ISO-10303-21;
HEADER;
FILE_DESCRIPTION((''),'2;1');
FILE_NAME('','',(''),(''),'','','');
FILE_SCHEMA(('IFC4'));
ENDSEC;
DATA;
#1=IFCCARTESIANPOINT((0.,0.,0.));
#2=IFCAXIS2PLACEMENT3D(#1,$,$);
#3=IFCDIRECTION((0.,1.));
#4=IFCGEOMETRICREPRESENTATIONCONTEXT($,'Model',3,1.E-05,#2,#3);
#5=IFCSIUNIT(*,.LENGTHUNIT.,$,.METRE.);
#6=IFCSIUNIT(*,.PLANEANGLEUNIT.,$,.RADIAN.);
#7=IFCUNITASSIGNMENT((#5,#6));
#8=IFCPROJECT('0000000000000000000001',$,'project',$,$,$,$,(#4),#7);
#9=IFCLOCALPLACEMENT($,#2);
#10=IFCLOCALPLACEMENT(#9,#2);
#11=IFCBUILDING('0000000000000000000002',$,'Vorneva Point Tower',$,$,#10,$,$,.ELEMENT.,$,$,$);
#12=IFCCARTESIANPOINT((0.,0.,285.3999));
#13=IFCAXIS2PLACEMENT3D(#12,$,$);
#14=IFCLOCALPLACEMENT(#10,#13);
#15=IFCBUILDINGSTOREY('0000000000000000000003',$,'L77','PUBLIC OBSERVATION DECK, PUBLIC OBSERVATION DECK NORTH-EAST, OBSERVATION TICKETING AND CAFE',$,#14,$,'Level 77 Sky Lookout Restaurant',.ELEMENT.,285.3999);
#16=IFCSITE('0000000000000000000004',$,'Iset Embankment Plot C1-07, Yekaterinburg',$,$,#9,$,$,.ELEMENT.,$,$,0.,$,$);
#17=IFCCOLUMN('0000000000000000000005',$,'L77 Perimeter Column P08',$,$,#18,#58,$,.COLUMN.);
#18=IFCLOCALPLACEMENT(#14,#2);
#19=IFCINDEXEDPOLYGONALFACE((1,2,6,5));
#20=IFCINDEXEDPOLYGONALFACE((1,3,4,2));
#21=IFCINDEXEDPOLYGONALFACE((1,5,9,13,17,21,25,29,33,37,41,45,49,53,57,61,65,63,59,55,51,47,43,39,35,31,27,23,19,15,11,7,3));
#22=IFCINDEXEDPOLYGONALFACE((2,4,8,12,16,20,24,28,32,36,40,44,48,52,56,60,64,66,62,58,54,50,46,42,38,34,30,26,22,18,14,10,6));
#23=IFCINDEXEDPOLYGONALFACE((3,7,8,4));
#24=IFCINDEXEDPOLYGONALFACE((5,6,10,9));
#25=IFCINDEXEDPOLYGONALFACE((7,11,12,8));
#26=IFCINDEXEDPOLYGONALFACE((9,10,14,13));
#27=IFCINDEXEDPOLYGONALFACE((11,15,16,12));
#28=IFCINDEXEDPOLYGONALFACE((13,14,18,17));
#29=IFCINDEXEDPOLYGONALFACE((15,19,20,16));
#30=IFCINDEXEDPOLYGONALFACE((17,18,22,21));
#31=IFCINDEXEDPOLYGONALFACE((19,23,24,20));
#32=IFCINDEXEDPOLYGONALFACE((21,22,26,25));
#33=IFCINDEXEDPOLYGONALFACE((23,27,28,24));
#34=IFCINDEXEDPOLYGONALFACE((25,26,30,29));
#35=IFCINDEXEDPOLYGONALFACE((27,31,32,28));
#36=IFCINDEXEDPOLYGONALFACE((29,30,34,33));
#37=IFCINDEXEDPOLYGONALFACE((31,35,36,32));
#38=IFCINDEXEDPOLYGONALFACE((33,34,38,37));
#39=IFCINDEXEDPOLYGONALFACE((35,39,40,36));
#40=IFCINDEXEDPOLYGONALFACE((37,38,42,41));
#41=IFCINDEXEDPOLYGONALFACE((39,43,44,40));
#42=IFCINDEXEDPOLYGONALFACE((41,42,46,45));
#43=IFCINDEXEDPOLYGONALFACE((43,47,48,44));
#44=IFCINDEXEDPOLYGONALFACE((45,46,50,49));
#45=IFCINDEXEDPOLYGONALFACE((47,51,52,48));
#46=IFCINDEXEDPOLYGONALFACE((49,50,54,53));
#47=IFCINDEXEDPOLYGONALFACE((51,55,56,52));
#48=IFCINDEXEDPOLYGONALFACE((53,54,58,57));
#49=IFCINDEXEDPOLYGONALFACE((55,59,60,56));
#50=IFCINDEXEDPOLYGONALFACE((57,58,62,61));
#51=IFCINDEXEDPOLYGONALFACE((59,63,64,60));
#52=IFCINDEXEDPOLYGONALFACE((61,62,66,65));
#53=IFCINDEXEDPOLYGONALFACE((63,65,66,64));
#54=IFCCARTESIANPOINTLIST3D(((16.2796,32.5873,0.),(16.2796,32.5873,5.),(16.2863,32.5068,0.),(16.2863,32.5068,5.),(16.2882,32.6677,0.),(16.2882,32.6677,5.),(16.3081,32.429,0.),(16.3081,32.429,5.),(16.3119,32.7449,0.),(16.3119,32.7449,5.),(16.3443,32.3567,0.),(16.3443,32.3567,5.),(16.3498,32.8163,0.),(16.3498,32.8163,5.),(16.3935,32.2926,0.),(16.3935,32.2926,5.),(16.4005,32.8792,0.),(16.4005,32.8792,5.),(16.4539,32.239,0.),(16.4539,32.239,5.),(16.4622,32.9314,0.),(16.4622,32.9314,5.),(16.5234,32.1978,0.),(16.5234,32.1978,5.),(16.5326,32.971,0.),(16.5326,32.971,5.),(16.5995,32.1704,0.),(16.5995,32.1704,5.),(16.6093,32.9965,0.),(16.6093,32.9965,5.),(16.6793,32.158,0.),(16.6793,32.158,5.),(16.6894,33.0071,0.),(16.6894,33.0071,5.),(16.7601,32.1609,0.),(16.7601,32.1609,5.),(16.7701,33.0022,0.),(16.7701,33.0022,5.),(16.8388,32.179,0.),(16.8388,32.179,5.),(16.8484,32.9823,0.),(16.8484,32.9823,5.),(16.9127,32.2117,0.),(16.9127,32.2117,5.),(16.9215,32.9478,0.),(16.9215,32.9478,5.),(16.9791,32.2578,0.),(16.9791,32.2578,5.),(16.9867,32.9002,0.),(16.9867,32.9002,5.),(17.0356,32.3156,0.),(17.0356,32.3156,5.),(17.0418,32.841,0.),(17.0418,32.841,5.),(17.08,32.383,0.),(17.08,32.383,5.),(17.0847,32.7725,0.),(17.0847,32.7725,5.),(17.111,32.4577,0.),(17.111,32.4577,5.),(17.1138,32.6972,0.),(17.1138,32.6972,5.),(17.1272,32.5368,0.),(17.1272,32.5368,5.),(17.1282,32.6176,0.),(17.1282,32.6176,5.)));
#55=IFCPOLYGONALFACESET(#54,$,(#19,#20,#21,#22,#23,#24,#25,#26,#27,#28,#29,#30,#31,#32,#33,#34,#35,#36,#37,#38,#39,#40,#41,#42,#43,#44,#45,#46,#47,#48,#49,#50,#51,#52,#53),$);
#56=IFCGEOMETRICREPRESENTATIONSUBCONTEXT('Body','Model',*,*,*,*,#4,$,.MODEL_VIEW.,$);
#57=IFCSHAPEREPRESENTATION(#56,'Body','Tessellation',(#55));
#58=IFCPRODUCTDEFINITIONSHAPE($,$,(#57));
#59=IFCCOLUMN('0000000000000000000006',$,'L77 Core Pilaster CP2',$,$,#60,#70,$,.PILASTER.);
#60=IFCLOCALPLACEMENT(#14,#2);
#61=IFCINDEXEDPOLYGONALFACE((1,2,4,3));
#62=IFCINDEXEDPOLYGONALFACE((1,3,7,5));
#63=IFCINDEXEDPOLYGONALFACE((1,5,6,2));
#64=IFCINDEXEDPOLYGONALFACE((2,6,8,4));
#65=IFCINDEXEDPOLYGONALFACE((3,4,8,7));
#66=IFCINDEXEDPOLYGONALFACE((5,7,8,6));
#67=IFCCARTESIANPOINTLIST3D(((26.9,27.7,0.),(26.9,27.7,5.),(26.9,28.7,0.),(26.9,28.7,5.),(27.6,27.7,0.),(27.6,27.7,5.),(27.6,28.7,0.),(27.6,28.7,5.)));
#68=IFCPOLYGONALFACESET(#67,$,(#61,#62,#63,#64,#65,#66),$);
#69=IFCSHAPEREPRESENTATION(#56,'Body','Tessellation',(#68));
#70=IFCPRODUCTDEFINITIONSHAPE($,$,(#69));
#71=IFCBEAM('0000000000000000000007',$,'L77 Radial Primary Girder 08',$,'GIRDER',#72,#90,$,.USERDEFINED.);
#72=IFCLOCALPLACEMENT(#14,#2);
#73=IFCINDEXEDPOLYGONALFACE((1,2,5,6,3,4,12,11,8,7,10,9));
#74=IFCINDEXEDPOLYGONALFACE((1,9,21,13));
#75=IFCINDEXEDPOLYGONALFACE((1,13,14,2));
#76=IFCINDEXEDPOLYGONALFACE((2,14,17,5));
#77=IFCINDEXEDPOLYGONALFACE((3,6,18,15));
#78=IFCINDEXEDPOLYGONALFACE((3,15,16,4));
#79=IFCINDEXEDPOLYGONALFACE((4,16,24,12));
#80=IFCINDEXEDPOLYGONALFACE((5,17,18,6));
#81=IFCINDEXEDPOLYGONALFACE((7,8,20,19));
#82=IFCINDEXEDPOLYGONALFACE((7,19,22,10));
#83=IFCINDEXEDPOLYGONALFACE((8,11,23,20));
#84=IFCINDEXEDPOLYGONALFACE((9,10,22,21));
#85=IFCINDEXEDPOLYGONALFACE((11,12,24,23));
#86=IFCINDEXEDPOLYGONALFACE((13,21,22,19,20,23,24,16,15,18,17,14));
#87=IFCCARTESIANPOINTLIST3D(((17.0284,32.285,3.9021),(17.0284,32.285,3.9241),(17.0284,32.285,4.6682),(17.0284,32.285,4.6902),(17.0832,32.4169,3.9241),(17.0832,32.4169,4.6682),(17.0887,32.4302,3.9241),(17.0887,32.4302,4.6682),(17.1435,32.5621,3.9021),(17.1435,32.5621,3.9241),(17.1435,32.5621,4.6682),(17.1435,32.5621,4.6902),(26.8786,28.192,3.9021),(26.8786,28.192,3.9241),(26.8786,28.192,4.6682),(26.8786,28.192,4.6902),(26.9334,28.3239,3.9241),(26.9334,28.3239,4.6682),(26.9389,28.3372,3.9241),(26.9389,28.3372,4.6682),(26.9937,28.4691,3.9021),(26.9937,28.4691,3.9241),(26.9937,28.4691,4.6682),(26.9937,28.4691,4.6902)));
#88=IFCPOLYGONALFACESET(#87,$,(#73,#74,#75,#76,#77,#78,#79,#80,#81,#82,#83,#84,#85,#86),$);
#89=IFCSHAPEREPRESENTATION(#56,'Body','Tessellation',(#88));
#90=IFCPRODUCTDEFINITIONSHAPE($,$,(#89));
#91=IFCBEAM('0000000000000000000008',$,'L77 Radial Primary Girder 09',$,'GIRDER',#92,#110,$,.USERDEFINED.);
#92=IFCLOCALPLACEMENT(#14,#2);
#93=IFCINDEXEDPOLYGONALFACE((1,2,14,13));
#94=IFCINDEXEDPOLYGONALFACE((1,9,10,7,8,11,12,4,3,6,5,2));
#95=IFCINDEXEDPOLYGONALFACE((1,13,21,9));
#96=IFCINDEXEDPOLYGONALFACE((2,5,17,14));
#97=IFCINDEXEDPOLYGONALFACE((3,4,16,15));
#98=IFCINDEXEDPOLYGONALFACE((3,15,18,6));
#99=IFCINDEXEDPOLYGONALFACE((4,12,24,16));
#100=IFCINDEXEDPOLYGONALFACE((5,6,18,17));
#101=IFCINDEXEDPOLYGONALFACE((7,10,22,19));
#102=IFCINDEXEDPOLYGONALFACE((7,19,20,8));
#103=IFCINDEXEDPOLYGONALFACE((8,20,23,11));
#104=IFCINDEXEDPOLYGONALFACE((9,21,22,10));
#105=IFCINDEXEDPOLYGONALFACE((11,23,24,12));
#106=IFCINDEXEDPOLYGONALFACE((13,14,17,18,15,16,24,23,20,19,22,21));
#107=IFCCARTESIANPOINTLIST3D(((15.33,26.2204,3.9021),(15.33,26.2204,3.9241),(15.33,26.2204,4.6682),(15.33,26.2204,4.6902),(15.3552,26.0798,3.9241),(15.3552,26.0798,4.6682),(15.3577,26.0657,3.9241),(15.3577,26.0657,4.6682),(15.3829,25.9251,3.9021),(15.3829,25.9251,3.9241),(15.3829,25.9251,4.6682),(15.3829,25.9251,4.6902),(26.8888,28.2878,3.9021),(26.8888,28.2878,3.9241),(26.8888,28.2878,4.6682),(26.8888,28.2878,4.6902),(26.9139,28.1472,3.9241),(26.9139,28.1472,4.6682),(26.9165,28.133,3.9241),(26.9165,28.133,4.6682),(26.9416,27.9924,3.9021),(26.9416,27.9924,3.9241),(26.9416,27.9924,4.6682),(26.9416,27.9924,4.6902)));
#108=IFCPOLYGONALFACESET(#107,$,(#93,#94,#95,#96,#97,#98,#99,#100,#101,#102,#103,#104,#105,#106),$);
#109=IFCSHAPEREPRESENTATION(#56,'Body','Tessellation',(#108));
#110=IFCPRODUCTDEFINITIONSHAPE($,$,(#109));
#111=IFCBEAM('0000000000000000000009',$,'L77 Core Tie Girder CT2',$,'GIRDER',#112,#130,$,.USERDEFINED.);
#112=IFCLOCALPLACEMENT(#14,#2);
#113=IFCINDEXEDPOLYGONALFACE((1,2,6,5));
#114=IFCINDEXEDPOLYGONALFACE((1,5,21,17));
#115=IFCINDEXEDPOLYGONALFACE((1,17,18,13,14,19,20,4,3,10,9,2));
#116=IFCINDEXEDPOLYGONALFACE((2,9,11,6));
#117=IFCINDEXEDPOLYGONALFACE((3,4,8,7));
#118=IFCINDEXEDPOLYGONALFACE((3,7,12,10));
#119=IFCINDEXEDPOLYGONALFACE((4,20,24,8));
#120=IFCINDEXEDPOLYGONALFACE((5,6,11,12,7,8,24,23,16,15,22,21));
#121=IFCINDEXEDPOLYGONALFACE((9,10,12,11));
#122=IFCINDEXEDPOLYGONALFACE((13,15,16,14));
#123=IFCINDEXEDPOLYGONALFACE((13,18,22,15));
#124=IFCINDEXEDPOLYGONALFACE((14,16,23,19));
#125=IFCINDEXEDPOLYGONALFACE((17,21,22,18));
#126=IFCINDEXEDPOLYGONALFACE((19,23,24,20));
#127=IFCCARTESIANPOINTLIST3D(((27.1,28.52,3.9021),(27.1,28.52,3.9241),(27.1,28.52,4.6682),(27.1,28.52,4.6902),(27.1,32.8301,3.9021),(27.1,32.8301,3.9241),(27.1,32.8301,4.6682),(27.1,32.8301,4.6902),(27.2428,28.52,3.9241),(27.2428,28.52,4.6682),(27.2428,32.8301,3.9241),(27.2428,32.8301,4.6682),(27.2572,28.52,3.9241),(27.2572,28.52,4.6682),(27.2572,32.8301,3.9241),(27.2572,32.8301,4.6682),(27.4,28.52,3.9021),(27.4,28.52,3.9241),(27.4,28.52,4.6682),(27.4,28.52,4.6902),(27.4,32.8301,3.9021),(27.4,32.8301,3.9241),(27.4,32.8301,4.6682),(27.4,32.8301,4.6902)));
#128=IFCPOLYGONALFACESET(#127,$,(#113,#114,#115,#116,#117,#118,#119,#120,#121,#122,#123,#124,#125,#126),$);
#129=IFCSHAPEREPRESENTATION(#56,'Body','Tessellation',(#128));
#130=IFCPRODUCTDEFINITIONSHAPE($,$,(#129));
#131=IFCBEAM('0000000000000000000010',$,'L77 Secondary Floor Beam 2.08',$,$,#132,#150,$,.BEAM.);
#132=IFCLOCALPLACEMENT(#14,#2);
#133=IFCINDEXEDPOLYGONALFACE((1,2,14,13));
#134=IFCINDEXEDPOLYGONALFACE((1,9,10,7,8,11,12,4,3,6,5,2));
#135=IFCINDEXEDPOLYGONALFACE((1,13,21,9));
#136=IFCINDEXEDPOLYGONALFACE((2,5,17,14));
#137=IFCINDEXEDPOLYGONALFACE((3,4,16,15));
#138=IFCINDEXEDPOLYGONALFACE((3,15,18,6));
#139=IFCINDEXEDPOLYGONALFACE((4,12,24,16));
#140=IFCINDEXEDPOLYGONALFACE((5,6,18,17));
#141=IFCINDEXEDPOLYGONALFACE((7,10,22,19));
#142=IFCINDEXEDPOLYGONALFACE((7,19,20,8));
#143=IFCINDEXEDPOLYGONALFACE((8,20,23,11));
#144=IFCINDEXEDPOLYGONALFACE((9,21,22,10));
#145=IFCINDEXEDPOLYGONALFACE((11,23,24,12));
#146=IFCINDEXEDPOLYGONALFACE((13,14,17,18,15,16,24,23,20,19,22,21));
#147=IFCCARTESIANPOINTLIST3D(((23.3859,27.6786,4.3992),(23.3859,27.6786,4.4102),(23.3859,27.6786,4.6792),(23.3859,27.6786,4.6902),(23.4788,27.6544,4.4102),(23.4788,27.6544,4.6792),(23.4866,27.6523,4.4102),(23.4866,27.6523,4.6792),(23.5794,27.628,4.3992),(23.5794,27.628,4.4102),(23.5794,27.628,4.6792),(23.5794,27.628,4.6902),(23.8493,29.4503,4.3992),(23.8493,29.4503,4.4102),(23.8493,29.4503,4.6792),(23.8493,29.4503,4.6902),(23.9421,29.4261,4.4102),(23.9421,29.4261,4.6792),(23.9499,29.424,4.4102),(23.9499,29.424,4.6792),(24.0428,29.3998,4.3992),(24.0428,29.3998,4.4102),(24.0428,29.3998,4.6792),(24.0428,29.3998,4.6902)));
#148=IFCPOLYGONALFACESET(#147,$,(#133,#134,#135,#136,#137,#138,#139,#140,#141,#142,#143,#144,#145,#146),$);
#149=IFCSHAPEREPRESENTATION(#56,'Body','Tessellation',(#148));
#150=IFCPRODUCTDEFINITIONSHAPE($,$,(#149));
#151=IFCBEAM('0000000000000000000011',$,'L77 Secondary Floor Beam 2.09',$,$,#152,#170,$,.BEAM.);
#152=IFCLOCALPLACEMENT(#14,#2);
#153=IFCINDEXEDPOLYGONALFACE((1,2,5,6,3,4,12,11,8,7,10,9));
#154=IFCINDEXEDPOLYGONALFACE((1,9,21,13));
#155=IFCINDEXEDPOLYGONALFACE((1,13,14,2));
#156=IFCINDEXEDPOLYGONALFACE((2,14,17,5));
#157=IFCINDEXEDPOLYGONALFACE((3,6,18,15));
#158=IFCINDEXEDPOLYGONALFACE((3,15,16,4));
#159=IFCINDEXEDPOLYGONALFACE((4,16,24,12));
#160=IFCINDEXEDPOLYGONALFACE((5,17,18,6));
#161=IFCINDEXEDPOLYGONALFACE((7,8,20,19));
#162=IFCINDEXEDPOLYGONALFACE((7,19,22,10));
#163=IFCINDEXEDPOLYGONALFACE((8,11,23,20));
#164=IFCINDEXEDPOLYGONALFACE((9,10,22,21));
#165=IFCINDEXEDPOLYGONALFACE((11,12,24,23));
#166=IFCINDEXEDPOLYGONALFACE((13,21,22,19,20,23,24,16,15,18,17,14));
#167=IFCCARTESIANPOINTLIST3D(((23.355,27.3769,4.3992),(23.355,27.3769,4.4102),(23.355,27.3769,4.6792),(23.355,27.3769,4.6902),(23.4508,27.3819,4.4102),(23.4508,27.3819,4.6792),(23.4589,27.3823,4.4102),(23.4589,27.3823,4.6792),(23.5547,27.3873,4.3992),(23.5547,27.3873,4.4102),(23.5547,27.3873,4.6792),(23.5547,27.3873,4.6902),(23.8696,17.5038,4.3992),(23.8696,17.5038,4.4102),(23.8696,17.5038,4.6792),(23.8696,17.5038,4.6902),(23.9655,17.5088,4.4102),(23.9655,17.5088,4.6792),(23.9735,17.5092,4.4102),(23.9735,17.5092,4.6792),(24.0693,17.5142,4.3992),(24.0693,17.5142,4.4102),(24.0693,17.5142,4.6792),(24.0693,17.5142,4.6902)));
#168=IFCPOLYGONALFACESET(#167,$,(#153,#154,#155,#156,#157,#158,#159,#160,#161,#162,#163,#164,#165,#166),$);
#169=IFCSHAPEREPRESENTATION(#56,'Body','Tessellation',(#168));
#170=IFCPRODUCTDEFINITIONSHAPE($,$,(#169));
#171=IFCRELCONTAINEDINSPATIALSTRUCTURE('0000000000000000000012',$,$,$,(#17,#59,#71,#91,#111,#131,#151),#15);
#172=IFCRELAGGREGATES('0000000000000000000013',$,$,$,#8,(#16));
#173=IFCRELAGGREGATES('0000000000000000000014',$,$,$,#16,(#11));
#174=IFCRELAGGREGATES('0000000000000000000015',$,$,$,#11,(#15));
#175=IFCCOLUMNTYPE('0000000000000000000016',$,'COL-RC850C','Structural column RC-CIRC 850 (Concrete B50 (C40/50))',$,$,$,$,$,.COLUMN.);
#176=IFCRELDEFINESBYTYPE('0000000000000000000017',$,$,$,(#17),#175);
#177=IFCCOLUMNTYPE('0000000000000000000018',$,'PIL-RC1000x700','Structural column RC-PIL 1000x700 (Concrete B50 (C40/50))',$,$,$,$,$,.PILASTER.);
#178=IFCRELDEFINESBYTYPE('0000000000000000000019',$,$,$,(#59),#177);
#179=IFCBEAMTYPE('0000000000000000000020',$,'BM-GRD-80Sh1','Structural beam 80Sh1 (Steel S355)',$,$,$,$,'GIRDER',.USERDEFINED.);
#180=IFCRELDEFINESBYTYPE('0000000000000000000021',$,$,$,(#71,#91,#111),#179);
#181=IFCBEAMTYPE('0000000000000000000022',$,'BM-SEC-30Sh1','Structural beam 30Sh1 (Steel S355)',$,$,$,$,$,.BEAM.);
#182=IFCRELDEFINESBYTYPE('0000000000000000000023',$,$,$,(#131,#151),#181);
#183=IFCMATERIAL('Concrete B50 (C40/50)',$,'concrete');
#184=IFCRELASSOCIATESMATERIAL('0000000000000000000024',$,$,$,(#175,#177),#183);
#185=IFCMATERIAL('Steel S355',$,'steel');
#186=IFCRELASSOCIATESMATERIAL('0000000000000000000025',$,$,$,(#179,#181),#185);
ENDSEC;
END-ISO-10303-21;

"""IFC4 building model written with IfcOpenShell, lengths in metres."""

from ifc_helpers import new_model, si_unit, direction, frame, origin, origin_2d, place, context, subcontext, project, spatial, rectangle, circle, i_section, extrude, material, material_profile, profile_set, type_object, element, save


model = new_model("IFC4")

# Units and contexts
model_context = context("Model", 3, precision=1e-05, world=origin(), true_north=direction((0.0, 1.0)))
body_context = subcontext(model_context, "Body", "Model", "MODEL_VIEW")
ifc_project = project(units=[si_unit("LENGTHUNIT", "METRE"), si_unit("PLANEANGLEUNIT", "RADIAN")], contexts=[model_context])

# Site, building, storey
site_placement = place(None, origin())
site = spatial("IfcSite", under=ifc_project, at=site_placement, Name="Iset Embankment Plot C1-07, Yekaterinburg", CompositionType="ELEMENT", RefElevation=0.0)
building_placement = place(site_placement, origin())
building = spatial("IfcBuilding", under=site, at=building_placement, Name="Vorneva Point Tower", CompositionType="ELEMENT")
storey_placement = place(building_placement, frame((0.0, 0.0, 285.3999)))
storey = spatial("IfcBuildingStorey", under=building, at=storey_placement, Name="L77", Description="PUBLIC OBSERVATION DECK, PUBLIC OBSERVATION DECK NORTH-EAST, OBSERVATION TICKETING AND CAFE", LongName="Level 77 Sky Lookout Restaurant", CompositionType="ELEMENT", Elevation=285.3999)

# Columns
ifc_material_1 = material(Name="Concrete B50 (C40/50)", Category="concrete")
ifc_material_profile_1 = material_profile(ifc_material_1, circle(Radius=0.425, at=origin_2d()), Name="RC-CIRC 850")
ifc_profile_set_1 = profile_set([ifc_material_profile_1], Name="Concrete B50 (C40/50)")
column_type_1 = type_object("IfcColumnType", Name="COL-RC850C", Description="Structural column RC-CIRC 850 (Concrete B50 (C40/50))", PredefinedType="COLUMN", material=ifc_profile_set_1)
column_1_placement = place(storey_placement, frame((16.7046, 32.5823, 0.0), z_axis=(0.0, 0.0, 1.0), x_axis=(-0.92388, 0.382683, 0.0)))
element("IfcColumn", 1, at=column_1_placement, inside=storey, type_object=column_type_1, Name="L77 Perimeter Column P08", PredefinedType="COLUMN", context=body_context, shape_type="SweptSolid", body=[
    extrude(circle(Radius=0.425, at=origin_2d()), origin(), (0.0, 0.0, 1.0), 5.0),
])
ifc_material_profile_2 = material_profile(ifc_material_1, rectangle(XDim=0.7, YDim=1.0, at=origin_2d()), Name="RC-PIL 1000x700")
ifc_profile_set_2 = profile_set([ifc_material_profile_2], Name="Concrete B50 (C40/50)")
column_type_2 = type_object("IfcColumnType", Name="PIL-RC1000x700", Description="Structural column RC-PIL 1000x700 (Concrete B50 (C40/50))", PredefinedType="PILASTER", material=ifc_profile_set_2)
column_2_placement = place(storey_placement, frame((27.25, 28.2, 0.0), z_axis=(0.0, 0.0, 1.0), x_axis=(1.0, 0.0, 0.0)))
element("IfcColumn", 2, at=column_2_placement, inside=storey, type_object=column_type_2, Name="L77 Core Pilaster CP2", PredefinedType="PILASTER", context=body_context, shape_type="SweptSolid", body=[
    extrude(rectangle(XDim=0.7, YDim=1.0, at=origin_2d()), origin(), (0.0, 0.0, 1.0), 5.0),
])

# Beams
ifc_material_2 = material(Name="Steel S355", Category="steel")
ifc_material_profile_3 = material_profile(ifc_material_2, i_section(OverallWidth=0.3, OverallDepth=0.7881, WebThickness=0.0144, FlangeThickness=0.022, at=origin_2d()), Name="80Sh1")
ifc_profile_set_3 = profile_set([ifc_material_profile_3], Name="Steel S355")
beam_type_1 = type_object("IfcBeamType", Name="BM-GRD-80Sh1", Description="Structural beam 80Sh1 (Steel S355)", ElementType="GIRDER", PredefinedType="USERDEFINED", material=ifc_profile_set_3)
beam_1_placement = place(storey_placement, frame((17.0859, 32.4236, 4.2961), z_axis=(0.923449, -0.383721, 0.0), x_axis=(0.383721, 0.923449, 0.0)))
element("IfcBeam", 3, at=beam_1_placement, inside=storey, type_object=beam_type_1, Name="L77 Radial Primary Girder 08", ObjectType="GIRDER", PredefinedType="USERDEFINED", context=body_context, shape_type="SweptSolid", body=[
    extrude(i_section(OverallWidth=0.3, OverallDepth=0.7881, WebThickness=0.0144, FlangeThickness=0.022, at=origin_2d()), origin(), (0.0, 0.0, 1.0), 10.6667),
])
beam_2_placement = place(storey_placement, frame((15.3564, 26.0728, 4.2961), z_axis=(0.984379, 0.176063, 0.0), x_axis=(-0.176063, 0.984379, 0.0)))
element("IfcBeam", 4, at=beam_2_placement, inside=storey, type_object=beam_type_1, Name="L77 Radial Primary Girder 09", ObjectType="GIRDER", PredefinedType="USERDEFINED", context=body_context, shape_type="SweptSolid", body=[
    extrude(i_section(OverallWidth=0.3, OverallDepth=0.7881, WebThickness=0.0144, FlangeThickness=0.022, at=origin_2d()), origin(), (0.0, 0.0, 1.0), 11.7422),
])
beam_3_placement = place(storey_placement, frame((27.25, 28.52, 4.2961), z_axis=(0.0, 1.0, 0.0), x_axis=(-1.0, 0.0, 0.0)))
element("IfcBeam", 5, at=beam_3_placement, inside=storey, type_object=beam_type_1, Name="L77 Core Tie Girder CT2", ObjectType="GIRDER", PredefinedType="USERDEFINED", context=body_context, shape_type="SweptSolid", body=[
    extrude(i_section(OverallWidth=0.3, OverallDepth=0.7881, WebThickness=0.0144, FlangeThickness=0.022, at=origin_2d()), origin(), (0.0, 0.0, 1.0), 4.3101),
])
ifc_material_profile_4 = material_profile(ifc_material_2, i_section(OverallWidth=0.2, OverallDepth=0.291, WebThickness=0.0081, FlangeThickness=0.011, at=origin_2d()), Name="30Sh1")
ifc_profile_set_4 = profile_set([ifc_material_profile_4], Name="Steel S355")
beam_type_2 = type_object("IfcBeamType", Name="BM-SEC-30Sh1", Description="Structural beam 30Sh1 (Steel S355)", PredefinedType="BEAM", material=ifc_profile_set_4)
beam_4_placement = place(storey_placement, frame((23.946, 29.425, 4.5447), z_axis=(-0.25303, -0.967459, 0.0), x_axis=(0.967459, -0.25303, 0.0)))
element("IfcBeam", 6, at=beam_4_placement, inside=storey, type_object=beam_type_2, Name="L77 Secondary Floor Beam 2.08", PredefinedType="BEAM", context=body_context, shape_type="SweptSolid", body=[
    extrude(i_section(OverallWidth=0.2, OverallDepth=0.291, WebThickness=0.0081, FlangeThickness=0.011, at=origin_2d()), origin(), (0.0, 0.0, 1.0), 1.8313),
])
beam_5_placement = place(storey_placement, frame((23.4548, 27.3821, 4.5447), z_axis=(0.052056, -0.998644, 0.0), x_axis=(0.998644, 0.052056, 0.0)))
element("IfcBeam", 7, at=beam_5_placement, inside=storey, type_object=beam_type_2, Name="L77 Secondary Floor Beam 2.09", PredefinedType="BEAM", context=body_context, shape_type="SweptSolid", body=[
    extrude(i_section(OverallWidth=0.2, OverallDepth=0.291, WebThickness=0.0081, FlangeThickness=0.011, at=origin_2d()), origin(), (0.0, 0.0, 1.0), 9.8865),
])

save(model, "model.ifc")
